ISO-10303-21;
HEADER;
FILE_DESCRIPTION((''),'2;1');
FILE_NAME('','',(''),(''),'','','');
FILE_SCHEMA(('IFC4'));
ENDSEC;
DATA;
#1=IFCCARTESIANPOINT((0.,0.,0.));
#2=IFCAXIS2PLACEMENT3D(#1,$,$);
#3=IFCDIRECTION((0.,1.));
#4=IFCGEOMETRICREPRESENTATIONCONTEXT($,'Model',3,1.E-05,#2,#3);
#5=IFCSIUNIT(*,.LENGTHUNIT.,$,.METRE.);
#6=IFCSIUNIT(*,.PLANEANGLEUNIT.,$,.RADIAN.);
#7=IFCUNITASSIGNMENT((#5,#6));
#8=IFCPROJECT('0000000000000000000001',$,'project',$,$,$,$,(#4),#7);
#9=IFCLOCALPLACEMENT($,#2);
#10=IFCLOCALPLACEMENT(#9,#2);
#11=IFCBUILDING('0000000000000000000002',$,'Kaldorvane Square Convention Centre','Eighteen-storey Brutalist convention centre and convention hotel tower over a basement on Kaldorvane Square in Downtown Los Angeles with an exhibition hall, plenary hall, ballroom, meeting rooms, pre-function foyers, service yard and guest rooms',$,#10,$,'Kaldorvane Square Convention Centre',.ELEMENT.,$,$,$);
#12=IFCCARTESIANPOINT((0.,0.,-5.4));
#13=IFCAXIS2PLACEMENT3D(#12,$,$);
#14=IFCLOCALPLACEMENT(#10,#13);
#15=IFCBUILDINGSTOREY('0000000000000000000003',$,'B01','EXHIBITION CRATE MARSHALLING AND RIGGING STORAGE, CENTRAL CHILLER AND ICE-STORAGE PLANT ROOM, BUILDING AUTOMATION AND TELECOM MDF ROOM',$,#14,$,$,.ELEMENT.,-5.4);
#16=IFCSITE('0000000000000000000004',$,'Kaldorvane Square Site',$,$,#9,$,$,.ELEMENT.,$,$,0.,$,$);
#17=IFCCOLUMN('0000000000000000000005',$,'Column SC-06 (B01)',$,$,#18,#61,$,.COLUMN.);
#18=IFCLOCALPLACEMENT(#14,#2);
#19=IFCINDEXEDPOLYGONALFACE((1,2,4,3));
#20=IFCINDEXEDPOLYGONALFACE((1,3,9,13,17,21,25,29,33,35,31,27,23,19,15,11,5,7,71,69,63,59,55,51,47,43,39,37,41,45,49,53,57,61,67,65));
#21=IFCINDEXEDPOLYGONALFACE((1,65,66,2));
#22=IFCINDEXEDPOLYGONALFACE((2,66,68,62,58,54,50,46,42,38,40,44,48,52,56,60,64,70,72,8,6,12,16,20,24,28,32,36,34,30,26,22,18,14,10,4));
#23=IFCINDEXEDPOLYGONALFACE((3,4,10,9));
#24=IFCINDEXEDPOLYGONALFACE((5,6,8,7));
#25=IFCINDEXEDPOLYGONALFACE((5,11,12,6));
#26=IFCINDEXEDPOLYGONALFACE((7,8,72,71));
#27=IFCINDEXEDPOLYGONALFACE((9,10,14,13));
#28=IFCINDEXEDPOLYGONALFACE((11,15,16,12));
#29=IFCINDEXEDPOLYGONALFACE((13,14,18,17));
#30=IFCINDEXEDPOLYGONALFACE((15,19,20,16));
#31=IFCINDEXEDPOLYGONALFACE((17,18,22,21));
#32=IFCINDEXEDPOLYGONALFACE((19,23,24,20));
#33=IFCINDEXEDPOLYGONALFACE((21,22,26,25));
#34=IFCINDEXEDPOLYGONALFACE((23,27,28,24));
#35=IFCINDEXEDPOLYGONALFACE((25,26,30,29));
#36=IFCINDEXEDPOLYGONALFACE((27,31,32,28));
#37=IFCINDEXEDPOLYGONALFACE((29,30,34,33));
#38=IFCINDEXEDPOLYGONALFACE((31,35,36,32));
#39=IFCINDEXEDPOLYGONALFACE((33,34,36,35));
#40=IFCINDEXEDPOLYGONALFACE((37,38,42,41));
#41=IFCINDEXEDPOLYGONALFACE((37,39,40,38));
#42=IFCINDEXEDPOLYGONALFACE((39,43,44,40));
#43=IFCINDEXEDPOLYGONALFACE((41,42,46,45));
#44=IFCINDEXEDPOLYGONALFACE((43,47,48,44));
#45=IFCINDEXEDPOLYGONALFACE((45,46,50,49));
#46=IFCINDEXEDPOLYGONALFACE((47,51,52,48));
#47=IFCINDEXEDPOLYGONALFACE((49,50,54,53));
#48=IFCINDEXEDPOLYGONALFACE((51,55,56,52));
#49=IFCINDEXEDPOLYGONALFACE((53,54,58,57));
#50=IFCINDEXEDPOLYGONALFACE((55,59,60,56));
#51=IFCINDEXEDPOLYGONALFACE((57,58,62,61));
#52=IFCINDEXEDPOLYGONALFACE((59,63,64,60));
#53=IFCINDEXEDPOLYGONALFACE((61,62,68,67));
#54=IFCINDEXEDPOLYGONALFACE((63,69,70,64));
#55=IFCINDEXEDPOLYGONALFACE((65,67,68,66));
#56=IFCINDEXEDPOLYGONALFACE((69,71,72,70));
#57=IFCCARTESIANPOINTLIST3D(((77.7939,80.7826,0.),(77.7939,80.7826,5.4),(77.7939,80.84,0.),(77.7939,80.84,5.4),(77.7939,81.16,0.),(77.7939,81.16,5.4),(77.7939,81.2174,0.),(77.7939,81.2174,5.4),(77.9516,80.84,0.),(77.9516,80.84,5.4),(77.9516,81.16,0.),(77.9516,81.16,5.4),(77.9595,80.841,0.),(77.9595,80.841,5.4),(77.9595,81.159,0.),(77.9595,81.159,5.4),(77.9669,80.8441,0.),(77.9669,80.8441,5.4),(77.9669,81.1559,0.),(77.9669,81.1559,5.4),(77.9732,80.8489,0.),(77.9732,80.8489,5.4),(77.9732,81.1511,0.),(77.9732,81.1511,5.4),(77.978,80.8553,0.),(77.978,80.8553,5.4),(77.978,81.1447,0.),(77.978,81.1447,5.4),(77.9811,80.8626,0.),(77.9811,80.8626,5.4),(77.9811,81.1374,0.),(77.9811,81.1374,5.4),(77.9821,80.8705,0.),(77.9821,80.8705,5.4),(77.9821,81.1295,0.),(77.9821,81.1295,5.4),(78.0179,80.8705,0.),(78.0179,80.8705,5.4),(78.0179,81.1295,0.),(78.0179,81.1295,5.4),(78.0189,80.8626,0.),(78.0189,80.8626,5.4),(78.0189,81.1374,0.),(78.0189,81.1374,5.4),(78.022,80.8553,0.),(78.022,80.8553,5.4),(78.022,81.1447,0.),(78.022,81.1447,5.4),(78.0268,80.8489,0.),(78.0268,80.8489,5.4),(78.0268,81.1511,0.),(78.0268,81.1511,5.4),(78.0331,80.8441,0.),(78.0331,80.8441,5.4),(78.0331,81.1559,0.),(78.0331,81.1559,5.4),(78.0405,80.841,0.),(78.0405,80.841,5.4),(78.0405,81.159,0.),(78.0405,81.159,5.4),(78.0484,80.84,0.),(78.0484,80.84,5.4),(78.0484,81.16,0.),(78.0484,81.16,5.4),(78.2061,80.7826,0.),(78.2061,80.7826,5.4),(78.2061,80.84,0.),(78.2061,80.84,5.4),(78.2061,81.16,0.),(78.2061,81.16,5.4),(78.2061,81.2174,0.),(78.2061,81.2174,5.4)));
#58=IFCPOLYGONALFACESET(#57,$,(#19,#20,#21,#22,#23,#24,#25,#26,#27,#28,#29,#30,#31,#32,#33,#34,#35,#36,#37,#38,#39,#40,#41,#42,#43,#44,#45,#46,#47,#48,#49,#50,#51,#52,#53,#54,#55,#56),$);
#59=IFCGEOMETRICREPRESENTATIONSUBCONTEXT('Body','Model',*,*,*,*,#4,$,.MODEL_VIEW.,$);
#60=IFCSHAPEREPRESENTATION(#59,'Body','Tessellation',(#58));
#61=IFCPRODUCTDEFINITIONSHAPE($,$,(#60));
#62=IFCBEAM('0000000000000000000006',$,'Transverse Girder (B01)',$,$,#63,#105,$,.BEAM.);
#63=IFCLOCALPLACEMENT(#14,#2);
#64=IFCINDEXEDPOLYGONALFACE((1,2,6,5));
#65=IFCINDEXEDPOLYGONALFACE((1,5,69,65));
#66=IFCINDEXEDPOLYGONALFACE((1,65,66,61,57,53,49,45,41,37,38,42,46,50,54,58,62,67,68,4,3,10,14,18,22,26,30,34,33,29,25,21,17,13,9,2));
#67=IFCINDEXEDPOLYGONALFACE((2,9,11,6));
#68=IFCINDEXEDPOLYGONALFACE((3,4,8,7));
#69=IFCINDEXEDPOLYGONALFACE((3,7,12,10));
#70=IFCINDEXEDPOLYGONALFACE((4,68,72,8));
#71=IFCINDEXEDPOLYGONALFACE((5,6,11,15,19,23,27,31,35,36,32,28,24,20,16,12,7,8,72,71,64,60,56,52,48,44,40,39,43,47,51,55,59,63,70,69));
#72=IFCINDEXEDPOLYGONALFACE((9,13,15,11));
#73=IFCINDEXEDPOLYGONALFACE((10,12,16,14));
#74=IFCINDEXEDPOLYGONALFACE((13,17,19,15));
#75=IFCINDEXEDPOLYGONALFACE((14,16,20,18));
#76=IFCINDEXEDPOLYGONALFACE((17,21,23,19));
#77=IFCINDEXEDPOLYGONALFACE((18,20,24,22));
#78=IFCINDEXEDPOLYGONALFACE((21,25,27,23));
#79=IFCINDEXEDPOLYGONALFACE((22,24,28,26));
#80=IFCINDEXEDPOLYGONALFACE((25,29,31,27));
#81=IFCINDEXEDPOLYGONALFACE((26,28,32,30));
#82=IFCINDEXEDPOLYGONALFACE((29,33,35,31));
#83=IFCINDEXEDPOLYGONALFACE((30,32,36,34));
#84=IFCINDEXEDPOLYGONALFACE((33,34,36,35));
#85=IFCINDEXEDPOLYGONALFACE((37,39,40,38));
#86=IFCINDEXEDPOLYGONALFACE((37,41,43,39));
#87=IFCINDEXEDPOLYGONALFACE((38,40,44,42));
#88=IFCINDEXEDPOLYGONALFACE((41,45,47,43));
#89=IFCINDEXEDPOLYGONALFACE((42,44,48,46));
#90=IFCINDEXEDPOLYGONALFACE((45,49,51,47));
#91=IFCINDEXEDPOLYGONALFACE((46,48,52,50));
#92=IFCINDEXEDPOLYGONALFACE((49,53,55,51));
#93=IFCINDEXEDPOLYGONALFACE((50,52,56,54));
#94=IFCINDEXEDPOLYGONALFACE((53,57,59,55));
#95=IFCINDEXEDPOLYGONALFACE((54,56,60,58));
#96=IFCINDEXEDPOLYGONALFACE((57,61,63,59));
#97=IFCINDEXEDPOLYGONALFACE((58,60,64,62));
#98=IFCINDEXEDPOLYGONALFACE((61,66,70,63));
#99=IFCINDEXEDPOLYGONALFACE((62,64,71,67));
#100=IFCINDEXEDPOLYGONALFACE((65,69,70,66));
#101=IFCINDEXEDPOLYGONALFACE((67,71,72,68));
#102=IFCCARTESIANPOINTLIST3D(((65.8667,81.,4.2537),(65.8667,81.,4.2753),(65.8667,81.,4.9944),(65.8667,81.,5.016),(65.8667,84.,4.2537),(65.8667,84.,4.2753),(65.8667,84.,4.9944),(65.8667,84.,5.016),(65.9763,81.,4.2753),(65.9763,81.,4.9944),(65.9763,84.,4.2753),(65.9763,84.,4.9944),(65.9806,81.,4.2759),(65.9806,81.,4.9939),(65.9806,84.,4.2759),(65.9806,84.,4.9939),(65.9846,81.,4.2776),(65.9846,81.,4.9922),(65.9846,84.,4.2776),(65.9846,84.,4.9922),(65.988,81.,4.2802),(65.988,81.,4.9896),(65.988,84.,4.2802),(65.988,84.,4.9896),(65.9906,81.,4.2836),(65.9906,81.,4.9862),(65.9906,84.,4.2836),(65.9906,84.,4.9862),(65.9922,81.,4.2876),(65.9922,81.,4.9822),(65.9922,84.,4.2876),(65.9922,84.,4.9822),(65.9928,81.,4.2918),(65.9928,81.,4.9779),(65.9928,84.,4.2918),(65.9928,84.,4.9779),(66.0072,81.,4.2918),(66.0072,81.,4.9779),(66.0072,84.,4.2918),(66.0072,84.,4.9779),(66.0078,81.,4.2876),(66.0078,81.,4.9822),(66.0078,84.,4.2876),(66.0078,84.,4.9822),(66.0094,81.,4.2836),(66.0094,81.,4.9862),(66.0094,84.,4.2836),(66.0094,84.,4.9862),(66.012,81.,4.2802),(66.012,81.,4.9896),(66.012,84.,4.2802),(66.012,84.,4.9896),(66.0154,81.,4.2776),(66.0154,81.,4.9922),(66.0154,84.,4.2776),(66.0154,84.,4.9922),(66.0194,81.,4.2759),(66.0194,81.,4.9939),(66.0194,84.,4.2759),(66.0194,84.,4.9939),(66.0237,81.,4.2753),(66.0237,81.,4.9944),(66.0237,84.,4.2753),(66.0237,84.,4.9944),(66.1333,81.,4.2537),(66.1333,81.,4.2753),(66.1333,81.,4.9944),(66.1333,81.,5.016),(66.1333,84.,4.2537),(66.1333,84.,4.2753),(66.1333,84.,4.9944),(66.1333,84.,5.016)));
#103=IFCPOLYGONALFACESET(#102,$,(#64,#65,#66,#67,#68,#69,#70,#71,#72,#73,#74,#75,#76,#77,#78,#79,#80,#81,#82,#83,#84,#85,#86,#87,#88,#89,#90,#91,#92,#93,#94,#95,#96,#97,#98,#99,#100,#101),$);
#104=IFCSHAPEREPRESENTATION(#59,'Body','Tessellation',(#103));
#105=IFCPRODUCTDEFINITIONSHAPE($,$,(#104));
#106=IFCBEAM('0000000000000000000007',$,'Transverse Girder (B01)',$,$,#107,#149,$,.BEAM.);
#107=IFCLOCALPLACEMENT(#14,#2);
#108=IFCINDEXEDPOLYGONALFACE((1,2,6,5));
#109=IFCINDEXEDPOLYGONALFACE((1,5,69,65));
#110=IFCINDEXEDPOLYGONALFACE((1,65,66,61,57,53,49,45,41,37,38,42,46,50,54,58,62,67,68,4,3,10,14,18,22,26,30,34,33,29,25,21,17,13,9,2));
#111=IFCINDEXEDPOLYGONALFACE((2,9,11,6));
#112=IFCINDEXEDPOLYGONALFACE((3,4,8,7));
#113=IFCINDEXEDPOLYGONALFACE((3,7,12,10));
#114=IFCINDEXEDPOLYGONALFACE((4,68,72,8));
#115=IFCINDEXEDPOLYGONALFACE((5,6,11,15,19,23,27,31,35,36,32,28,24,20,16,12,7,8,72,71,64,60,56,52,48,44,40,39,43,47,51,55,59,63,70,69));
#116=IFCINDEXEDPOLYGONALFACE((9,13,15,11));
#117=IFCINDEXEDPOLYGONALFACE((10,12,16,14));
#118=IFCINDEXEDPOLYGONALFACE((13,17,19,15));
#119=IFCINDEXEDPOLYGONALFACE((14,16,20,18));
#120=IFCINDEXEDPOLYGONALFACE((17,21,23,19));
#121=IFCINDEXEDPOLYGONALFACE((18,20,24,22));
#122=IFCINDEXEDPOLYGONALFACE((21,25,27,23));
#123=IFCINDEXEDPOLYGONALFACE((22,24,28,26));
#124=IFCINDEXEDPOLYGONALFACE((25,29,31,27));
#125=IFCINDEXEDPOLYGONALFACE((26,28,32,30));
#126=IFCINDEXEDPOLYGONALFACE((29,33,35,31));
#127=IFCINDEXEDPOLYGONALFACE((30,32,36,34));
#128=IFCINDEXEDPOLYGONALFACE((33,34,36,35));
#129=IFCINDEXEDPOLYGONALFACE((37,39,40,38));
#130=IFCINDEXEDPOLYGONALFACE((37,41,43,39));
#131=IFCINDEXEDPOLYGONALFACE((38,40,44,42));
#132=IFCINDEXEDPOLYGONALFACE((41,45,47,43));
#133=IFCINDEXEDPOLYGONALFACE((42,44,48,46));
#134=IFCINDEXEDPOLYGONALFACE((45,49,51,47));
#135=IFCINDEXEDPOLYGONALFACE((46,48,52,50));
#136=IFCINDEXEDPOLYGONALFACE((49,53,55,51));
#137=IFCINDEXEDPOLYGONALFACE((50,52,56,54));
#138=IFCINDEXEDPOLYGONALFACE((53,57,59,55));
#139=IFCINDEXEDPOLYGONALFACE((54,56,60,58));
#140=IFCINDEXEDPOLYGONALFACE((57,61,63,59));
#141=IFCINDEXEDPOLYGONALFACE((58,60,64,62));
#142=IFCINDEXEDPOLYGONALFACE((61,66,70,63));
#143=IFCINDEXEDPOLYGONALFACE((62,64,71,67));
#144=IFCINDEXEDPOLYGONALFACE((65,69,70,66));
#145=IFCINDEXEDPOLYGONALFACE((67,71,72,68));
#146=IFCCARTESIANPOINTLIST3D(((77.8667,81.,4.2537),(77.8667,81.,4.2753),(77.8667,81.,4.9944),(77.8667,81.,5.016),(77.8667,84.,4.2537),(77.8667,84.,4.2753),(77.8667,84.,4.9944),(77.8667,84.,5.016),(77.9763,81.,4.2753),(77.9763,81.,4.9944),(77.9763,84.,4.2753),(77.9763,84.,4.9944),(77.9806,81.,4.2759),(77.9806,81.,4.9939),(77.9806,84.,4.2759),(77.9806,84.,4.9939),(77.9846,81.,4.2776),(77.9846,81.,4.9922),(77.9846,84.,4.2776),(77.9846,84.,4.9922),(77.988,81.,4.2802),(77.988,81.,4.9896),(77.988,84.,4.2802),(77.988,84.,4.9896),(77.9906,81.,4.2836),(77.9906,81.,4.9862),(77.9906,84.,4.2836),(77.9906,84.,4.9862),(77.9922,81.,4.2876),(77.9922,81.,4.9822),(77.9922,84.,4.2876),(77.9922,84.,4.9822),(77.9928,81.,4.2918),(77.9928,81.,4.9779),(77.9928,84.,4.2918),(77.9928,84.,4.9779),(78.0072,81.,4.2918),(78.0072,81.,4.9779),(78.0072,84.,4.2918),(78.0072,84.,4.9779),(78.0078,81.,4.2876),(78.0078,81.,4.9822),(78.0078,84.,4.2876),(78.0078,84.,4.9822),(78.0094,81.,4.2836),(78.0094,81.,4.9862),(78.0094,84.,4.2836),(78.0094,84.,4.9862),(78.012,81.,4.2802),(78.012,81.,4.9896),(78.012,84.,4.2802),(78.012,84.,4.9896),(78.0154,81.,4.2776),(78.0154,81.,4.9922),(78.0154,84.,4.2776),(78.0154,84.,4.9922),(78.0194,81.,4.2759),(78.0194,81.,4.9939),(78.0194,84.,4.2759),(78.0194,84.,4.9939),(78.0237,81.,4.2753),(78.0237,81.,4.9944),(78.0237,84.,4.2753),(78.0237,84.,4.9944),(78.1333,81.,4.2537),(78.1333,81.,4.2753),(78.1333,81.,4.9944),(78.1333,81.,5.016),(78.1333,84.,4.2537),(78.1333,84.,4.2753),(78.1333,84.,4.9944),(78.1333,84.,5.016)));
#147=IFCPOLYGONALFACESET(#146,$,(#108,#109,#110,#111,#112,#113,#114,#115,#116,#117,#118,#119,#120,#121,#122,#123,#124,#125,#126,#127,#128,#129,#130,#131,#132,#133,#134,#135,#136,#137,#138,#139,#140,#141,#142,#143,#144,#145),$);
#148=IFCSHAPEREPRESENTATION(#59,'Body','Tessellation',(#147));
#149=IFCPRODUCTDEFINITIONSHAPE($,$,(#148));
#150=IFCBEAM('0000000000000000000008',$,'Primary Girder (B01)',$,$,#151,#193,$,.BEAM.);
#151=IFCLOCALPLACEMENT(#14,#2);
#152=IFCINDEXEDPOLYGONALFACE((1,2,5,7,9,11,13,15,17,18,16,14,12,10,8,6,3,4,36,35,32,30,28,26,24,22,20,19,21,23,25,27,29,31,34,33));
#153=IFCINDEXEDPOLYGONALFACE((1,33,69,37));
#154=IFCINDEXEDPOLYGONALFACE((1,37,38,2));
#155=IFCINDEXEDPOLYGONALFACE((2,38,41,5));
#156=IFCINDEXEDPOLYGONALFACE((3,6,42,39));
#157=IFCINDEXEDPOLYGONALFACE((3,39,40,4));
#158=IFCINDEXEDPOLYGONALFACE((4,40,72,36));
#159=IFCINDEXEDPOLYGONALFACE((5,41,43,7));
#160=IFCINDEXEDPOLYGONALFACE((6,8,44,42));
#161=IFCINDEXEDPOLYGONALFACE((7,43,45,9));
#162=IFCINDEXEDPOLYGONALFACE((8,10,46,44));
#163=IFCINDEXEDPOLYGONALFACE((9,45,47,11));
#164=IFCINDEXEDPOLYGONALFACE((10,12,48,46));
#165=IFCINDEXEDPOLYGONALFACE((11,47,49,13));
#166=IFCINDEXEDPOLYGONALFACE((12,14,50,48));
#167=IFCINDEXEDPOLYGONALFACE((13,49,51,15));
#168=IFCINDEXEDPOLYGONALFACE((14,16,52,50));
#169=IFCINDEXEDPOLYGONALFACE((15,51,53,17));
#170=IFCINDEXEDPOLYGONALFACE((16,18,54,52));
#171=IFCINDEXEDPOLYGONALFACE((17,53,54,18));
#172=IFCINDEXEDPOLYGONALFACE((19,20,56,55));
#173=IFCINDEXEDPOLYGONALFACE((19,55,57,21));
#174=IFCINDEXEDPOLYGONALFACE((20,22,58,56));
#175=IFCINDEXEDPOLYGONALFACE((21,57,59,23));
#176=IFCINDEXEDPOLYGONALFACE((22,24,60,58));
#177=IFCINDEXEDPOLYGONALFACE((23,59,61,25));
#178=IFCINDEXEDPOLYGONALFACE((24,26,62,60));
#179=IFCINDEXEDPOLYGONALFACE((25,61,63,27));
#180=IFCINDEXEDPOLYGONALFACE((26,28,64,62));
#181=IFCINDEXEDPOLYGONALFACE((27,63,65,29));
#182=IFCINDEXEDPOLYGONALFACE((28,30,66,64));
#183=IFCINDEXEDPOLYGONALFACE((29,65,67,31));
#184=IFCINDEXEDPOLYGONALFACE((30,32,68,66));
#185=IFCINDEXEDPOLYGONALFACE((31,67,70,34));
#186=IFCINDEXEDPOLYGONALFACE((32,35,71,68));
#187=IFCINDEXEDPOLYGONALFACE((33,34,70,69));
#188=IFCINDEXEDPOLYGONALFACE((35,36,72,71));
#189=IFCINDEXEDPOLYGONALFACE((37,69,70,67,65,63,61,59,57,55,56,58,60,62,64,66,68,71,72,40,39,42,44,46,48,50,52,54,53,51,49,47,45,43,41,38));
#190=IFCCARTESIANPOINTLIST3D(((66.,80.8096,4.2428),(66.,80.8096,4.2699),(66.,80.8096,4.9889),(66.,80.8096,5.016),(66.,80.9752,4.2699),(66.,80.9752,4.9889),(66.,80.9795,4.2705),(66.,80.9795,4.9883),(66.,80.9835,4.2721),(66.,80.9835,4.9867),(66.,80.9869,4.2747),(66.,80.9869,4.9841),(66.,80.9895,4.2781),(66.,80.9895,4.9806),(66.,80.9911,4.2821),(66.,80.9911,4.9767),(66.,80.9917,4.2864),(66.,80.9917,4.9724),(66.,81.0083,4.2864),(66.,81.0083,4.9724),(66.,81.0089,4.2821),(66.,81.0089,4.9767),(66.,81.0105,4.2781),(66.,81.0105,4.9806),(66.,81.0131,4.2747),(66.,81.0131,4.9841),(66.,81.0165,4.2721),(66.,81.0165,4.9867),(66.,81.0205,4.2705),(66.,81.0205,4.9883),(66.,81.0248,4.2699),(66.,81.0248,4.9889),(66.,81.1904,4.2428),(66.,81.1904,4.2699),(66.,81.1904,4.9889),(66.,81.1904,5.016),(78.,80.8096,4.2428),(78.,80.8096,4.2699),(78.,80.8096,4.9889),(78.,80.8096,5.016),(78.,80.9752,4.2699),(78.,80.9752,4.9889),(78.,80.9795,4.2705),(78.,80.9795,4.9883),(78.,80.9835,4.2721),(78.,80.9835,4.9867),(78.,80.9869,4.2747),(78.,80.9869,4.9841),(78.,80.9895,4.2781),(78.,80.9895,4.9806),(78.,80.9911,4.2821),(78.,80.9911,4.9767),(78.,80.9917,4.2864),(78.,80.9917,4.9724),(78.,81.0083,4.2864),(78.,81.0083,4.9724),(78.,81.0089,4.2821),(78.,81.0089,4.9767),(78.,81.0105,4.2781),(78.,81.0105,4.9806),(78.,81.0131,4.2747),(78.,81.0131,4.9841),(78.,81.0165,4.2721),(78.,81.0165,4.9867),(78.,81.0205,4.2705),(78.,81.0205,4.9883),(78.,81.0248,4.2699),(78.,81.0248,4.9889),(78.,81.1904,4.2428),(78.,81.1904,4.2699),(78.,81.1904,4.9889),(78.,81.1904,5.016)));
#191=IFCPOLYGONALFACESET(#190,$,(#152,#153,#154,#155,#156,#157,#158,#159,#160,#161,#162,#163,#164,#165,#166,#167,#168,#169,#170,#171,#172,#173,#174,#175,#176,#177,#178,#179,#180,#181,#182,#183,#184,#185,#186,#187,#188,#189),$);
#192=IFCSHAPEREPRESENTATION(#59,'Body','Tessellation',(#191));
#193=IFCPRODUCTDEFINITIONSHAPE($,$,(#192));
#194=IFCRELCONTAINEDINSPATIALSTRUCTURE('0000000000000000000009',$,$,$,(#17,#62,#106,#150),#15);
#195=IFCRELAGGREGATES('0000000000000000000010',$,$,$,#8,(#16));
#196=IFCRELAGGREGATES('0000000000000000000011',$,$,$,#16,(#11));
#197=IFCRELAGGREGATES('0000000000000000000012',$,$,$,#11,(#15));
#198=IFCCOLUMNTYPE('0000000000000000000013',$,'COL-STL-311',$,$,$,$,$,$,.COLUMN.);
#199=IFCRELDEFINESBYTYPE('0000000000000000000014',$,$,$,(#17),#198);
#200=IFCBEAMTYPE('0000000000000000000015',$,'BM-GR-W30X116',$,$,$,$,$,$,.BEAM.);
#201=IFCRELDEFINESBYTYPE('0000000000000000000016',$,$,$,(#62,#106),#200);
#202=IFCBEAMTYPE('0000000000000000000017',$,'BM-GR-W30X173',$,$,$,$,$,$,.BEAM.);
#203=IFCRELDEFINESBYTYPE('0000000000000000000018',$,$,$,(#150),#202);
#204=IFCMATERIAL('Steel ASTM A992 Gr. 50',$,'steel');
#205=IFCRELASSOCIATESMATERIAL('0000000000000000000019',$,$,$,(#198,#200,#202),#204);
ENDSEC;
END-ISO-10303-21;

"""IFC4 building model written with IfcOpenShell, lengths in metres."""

from ifc_helpers import new_model, si_unit, direction, frame, origin, origin_2d, place, context, subcontext, project, spatial, i_section, extrude, material, material_profile, profile_set, type_object, element, save


model = new_model("IFC4")

# Units and contexts
model_context = context("Model", 3, precision=1e-05, world=origin(), true_north=direction((0.0, 1.0)))
body_context = subcontext(model_context, "Body", "Model", "MODEL_VIEW")
ifc_project = project(units=[si_unit("LENGTHUNIT", "METRE"), si_unit("PLANEANGLEUNIT", "RADIAN")], contexts=[model_context])

# Site, building, storey
site_placement = place(None, origin())
site = spatial("IfcSite", under=ifc_project, at=site_placement, Name="Kaldorvane Square Site", CompositionType="ELEMENT", RefElevation=0.0)
building_placement = place(site_placement, origin())
building = spatial("IfcBuilding", under=site, at=building_placement, Name="Kaldorvane Square Convention Centre", Description="Eighteen-storey Brutalist convention centre and convention hotel tower over a basement on Kaldorvane Square in Downtown Los Angeles with an exhibition hall, plenary hall, ballroom, meeting rooms, pre-function foyers, service yard and guest rooms", LongName="Kaldorvane Square Convention Centre", CompositionType="ELEMENT")
storey_placement = place(building_placement, frame((0.0, 0.0, -5.4)))
storey = spatial("IfcBuildingStorey", under=building, at=storey_placement, Name="B01", Description="EXHIBITION CRATE MARSHALLING AND RIGGING STORAGE, CENTRAL CHILLER AND ICE-STORAGE PLANT ROOM, BUILDING AUTOMATION AND TELECOM MDF ROOM", CompositionType="ELEMENT", Elevation=-5.4)

# Column
ifc_material_1 = material(Name="Steel ASTM A992 Gr. 50", Category="steel")
ifc_material_profile_1 = material_profile(ifc_material_1, i_section(OverallWidth=0.4122, OverallDepth=0.4348, WebThickness=0.0358, FlangeThickness=0.0574, FilletRadius=0.0305, at=origin_2d()), Name="W14X311")
ifc_profile_set_1 = profile_set([ifc_material_profile_1], Name="Steel ASTM A992 Gr. 50")
column_type_1 = type_object("IfcColumnType", Name="COL-STL-311", PredefinedType="COLUMN", material=ifc_profile_set_1)
for number, where, z_axis, x_axis, name in (
    (1, (78.0, 81.0, 0.0), (0.0, 0.0, 1.0), (1.0, 0.0, 0.0), "Column SC-06 (B01)"),
):
    element("IfcColumn", number, at=place(storey_placement, frame(where, z_axis=z_axis, x_axis=x_axis)), inside=storey, type_object=column_type_1, Name=name, PredefinedType="COLUMN", context=body_context, shape_type="SweptSolid", body=[
        extrude(i_section(OverallWidth=0.4122, OverallDepth=0.4348, WebThickness=0.0358, FlangeThickness=0.0574, FilletRadius=0.0305, at=origin_2d()), origin(), (0.0, 0.0, 1.0), 5.4),
    ])

# Beams
ifc_material_profile_2 = material_profile(ifc_material_1, i_section(OverallWidth=0.2666, OverallDepth=0.7623, WebThickness=0.0144, FlangeThickness=0.0216, FilletRadius=0.0165, at=origin_2d()), Name="W30X116")
ifc_profile_set_2 = profile_set([ifc_material_profile_2], Name="Steel ASTM A992 Gr. 50")
beam_type_1 = type_object("IfcBeamType", Name="BM-GR-W30X116", PredefinedType="BEAM", material=ifc_profile_set_2)
for number, where, z_axis, x_axis, name in (
    (2, (66.0, 81.0, 4.6349), (0.0, 1.0, 0.0), (-1.0, 0.0, 0.0), "Transverse Girder (B01)"),
    (3, (78.0, 81.0, 4.6349), (0.0, 1.0, 0.0), (-1.0, 0.0, 0.0), "Transverse Girder (B01)"),
):
    element("IfcBeam", number, at=place(storey_placement, frame(where, z_axis=z_axis, x_axis=x_axis)), inside=storey, type_object=beam_type_1, Name=name, PredefinedType="BEAM", context=body_context, shape_type="SweptSolid", body=[
        extrude(i_section(OverallWidth=0.2666, OverallDepth=0.7623, WebThickness=0.0144, FlangeThickness=0.0216, FilletRadius=0.0165, at=origin_2d()), origin(), (0.0, 0.0, 1.0), 3.0),
    ])
ifc_material_profile_3 = material_profile(ifc_material_1, i_section(OverallWidth=0.3807, OverallDepth=0.7732, WebThickness=0.0166, FlangeThickness=0.0271, FilletRadius=0.0165, at=origin_2d()), Name="W30X173")
ifc_profile_set_3 = profile_set([ifc_material_profile_3], Name="Steel ASTM A992 Gr. 50")
beam_type_2 = type_object("IfcBeamType", Name="BM-GR-W30X173", PredefinedType="BEAM", material=ifc_profile_set_3)
for number, where, z_axis, x_axis, name in (
    (4, (66.0, 81.0, 4.6294), (1.0, 0.0, 0.0), (0.0, 1.0, 0.0), "Primary Girder (B01)"),
):
    element("IfcBeam", number, at=place(storey_placement, frame(where, z_axis=z_axis, x_axis=x_axis)), inside=storey, type_object=beam_type_2, Name=name, PredefinedType="BEAM", context=body_context, shape_type="SweptSolid", body=[
        extrude(i_section(OverallWidth=0.3807, OverallDepth=0.7732, WebThickness=0.0166, FlangeThickness=0.0271, FilletRadius=0.0165, at=origin_2d()), origin(), (0.0, 0.0, 1.0), 12.0),
    ])

save(model, "model.ifc")
